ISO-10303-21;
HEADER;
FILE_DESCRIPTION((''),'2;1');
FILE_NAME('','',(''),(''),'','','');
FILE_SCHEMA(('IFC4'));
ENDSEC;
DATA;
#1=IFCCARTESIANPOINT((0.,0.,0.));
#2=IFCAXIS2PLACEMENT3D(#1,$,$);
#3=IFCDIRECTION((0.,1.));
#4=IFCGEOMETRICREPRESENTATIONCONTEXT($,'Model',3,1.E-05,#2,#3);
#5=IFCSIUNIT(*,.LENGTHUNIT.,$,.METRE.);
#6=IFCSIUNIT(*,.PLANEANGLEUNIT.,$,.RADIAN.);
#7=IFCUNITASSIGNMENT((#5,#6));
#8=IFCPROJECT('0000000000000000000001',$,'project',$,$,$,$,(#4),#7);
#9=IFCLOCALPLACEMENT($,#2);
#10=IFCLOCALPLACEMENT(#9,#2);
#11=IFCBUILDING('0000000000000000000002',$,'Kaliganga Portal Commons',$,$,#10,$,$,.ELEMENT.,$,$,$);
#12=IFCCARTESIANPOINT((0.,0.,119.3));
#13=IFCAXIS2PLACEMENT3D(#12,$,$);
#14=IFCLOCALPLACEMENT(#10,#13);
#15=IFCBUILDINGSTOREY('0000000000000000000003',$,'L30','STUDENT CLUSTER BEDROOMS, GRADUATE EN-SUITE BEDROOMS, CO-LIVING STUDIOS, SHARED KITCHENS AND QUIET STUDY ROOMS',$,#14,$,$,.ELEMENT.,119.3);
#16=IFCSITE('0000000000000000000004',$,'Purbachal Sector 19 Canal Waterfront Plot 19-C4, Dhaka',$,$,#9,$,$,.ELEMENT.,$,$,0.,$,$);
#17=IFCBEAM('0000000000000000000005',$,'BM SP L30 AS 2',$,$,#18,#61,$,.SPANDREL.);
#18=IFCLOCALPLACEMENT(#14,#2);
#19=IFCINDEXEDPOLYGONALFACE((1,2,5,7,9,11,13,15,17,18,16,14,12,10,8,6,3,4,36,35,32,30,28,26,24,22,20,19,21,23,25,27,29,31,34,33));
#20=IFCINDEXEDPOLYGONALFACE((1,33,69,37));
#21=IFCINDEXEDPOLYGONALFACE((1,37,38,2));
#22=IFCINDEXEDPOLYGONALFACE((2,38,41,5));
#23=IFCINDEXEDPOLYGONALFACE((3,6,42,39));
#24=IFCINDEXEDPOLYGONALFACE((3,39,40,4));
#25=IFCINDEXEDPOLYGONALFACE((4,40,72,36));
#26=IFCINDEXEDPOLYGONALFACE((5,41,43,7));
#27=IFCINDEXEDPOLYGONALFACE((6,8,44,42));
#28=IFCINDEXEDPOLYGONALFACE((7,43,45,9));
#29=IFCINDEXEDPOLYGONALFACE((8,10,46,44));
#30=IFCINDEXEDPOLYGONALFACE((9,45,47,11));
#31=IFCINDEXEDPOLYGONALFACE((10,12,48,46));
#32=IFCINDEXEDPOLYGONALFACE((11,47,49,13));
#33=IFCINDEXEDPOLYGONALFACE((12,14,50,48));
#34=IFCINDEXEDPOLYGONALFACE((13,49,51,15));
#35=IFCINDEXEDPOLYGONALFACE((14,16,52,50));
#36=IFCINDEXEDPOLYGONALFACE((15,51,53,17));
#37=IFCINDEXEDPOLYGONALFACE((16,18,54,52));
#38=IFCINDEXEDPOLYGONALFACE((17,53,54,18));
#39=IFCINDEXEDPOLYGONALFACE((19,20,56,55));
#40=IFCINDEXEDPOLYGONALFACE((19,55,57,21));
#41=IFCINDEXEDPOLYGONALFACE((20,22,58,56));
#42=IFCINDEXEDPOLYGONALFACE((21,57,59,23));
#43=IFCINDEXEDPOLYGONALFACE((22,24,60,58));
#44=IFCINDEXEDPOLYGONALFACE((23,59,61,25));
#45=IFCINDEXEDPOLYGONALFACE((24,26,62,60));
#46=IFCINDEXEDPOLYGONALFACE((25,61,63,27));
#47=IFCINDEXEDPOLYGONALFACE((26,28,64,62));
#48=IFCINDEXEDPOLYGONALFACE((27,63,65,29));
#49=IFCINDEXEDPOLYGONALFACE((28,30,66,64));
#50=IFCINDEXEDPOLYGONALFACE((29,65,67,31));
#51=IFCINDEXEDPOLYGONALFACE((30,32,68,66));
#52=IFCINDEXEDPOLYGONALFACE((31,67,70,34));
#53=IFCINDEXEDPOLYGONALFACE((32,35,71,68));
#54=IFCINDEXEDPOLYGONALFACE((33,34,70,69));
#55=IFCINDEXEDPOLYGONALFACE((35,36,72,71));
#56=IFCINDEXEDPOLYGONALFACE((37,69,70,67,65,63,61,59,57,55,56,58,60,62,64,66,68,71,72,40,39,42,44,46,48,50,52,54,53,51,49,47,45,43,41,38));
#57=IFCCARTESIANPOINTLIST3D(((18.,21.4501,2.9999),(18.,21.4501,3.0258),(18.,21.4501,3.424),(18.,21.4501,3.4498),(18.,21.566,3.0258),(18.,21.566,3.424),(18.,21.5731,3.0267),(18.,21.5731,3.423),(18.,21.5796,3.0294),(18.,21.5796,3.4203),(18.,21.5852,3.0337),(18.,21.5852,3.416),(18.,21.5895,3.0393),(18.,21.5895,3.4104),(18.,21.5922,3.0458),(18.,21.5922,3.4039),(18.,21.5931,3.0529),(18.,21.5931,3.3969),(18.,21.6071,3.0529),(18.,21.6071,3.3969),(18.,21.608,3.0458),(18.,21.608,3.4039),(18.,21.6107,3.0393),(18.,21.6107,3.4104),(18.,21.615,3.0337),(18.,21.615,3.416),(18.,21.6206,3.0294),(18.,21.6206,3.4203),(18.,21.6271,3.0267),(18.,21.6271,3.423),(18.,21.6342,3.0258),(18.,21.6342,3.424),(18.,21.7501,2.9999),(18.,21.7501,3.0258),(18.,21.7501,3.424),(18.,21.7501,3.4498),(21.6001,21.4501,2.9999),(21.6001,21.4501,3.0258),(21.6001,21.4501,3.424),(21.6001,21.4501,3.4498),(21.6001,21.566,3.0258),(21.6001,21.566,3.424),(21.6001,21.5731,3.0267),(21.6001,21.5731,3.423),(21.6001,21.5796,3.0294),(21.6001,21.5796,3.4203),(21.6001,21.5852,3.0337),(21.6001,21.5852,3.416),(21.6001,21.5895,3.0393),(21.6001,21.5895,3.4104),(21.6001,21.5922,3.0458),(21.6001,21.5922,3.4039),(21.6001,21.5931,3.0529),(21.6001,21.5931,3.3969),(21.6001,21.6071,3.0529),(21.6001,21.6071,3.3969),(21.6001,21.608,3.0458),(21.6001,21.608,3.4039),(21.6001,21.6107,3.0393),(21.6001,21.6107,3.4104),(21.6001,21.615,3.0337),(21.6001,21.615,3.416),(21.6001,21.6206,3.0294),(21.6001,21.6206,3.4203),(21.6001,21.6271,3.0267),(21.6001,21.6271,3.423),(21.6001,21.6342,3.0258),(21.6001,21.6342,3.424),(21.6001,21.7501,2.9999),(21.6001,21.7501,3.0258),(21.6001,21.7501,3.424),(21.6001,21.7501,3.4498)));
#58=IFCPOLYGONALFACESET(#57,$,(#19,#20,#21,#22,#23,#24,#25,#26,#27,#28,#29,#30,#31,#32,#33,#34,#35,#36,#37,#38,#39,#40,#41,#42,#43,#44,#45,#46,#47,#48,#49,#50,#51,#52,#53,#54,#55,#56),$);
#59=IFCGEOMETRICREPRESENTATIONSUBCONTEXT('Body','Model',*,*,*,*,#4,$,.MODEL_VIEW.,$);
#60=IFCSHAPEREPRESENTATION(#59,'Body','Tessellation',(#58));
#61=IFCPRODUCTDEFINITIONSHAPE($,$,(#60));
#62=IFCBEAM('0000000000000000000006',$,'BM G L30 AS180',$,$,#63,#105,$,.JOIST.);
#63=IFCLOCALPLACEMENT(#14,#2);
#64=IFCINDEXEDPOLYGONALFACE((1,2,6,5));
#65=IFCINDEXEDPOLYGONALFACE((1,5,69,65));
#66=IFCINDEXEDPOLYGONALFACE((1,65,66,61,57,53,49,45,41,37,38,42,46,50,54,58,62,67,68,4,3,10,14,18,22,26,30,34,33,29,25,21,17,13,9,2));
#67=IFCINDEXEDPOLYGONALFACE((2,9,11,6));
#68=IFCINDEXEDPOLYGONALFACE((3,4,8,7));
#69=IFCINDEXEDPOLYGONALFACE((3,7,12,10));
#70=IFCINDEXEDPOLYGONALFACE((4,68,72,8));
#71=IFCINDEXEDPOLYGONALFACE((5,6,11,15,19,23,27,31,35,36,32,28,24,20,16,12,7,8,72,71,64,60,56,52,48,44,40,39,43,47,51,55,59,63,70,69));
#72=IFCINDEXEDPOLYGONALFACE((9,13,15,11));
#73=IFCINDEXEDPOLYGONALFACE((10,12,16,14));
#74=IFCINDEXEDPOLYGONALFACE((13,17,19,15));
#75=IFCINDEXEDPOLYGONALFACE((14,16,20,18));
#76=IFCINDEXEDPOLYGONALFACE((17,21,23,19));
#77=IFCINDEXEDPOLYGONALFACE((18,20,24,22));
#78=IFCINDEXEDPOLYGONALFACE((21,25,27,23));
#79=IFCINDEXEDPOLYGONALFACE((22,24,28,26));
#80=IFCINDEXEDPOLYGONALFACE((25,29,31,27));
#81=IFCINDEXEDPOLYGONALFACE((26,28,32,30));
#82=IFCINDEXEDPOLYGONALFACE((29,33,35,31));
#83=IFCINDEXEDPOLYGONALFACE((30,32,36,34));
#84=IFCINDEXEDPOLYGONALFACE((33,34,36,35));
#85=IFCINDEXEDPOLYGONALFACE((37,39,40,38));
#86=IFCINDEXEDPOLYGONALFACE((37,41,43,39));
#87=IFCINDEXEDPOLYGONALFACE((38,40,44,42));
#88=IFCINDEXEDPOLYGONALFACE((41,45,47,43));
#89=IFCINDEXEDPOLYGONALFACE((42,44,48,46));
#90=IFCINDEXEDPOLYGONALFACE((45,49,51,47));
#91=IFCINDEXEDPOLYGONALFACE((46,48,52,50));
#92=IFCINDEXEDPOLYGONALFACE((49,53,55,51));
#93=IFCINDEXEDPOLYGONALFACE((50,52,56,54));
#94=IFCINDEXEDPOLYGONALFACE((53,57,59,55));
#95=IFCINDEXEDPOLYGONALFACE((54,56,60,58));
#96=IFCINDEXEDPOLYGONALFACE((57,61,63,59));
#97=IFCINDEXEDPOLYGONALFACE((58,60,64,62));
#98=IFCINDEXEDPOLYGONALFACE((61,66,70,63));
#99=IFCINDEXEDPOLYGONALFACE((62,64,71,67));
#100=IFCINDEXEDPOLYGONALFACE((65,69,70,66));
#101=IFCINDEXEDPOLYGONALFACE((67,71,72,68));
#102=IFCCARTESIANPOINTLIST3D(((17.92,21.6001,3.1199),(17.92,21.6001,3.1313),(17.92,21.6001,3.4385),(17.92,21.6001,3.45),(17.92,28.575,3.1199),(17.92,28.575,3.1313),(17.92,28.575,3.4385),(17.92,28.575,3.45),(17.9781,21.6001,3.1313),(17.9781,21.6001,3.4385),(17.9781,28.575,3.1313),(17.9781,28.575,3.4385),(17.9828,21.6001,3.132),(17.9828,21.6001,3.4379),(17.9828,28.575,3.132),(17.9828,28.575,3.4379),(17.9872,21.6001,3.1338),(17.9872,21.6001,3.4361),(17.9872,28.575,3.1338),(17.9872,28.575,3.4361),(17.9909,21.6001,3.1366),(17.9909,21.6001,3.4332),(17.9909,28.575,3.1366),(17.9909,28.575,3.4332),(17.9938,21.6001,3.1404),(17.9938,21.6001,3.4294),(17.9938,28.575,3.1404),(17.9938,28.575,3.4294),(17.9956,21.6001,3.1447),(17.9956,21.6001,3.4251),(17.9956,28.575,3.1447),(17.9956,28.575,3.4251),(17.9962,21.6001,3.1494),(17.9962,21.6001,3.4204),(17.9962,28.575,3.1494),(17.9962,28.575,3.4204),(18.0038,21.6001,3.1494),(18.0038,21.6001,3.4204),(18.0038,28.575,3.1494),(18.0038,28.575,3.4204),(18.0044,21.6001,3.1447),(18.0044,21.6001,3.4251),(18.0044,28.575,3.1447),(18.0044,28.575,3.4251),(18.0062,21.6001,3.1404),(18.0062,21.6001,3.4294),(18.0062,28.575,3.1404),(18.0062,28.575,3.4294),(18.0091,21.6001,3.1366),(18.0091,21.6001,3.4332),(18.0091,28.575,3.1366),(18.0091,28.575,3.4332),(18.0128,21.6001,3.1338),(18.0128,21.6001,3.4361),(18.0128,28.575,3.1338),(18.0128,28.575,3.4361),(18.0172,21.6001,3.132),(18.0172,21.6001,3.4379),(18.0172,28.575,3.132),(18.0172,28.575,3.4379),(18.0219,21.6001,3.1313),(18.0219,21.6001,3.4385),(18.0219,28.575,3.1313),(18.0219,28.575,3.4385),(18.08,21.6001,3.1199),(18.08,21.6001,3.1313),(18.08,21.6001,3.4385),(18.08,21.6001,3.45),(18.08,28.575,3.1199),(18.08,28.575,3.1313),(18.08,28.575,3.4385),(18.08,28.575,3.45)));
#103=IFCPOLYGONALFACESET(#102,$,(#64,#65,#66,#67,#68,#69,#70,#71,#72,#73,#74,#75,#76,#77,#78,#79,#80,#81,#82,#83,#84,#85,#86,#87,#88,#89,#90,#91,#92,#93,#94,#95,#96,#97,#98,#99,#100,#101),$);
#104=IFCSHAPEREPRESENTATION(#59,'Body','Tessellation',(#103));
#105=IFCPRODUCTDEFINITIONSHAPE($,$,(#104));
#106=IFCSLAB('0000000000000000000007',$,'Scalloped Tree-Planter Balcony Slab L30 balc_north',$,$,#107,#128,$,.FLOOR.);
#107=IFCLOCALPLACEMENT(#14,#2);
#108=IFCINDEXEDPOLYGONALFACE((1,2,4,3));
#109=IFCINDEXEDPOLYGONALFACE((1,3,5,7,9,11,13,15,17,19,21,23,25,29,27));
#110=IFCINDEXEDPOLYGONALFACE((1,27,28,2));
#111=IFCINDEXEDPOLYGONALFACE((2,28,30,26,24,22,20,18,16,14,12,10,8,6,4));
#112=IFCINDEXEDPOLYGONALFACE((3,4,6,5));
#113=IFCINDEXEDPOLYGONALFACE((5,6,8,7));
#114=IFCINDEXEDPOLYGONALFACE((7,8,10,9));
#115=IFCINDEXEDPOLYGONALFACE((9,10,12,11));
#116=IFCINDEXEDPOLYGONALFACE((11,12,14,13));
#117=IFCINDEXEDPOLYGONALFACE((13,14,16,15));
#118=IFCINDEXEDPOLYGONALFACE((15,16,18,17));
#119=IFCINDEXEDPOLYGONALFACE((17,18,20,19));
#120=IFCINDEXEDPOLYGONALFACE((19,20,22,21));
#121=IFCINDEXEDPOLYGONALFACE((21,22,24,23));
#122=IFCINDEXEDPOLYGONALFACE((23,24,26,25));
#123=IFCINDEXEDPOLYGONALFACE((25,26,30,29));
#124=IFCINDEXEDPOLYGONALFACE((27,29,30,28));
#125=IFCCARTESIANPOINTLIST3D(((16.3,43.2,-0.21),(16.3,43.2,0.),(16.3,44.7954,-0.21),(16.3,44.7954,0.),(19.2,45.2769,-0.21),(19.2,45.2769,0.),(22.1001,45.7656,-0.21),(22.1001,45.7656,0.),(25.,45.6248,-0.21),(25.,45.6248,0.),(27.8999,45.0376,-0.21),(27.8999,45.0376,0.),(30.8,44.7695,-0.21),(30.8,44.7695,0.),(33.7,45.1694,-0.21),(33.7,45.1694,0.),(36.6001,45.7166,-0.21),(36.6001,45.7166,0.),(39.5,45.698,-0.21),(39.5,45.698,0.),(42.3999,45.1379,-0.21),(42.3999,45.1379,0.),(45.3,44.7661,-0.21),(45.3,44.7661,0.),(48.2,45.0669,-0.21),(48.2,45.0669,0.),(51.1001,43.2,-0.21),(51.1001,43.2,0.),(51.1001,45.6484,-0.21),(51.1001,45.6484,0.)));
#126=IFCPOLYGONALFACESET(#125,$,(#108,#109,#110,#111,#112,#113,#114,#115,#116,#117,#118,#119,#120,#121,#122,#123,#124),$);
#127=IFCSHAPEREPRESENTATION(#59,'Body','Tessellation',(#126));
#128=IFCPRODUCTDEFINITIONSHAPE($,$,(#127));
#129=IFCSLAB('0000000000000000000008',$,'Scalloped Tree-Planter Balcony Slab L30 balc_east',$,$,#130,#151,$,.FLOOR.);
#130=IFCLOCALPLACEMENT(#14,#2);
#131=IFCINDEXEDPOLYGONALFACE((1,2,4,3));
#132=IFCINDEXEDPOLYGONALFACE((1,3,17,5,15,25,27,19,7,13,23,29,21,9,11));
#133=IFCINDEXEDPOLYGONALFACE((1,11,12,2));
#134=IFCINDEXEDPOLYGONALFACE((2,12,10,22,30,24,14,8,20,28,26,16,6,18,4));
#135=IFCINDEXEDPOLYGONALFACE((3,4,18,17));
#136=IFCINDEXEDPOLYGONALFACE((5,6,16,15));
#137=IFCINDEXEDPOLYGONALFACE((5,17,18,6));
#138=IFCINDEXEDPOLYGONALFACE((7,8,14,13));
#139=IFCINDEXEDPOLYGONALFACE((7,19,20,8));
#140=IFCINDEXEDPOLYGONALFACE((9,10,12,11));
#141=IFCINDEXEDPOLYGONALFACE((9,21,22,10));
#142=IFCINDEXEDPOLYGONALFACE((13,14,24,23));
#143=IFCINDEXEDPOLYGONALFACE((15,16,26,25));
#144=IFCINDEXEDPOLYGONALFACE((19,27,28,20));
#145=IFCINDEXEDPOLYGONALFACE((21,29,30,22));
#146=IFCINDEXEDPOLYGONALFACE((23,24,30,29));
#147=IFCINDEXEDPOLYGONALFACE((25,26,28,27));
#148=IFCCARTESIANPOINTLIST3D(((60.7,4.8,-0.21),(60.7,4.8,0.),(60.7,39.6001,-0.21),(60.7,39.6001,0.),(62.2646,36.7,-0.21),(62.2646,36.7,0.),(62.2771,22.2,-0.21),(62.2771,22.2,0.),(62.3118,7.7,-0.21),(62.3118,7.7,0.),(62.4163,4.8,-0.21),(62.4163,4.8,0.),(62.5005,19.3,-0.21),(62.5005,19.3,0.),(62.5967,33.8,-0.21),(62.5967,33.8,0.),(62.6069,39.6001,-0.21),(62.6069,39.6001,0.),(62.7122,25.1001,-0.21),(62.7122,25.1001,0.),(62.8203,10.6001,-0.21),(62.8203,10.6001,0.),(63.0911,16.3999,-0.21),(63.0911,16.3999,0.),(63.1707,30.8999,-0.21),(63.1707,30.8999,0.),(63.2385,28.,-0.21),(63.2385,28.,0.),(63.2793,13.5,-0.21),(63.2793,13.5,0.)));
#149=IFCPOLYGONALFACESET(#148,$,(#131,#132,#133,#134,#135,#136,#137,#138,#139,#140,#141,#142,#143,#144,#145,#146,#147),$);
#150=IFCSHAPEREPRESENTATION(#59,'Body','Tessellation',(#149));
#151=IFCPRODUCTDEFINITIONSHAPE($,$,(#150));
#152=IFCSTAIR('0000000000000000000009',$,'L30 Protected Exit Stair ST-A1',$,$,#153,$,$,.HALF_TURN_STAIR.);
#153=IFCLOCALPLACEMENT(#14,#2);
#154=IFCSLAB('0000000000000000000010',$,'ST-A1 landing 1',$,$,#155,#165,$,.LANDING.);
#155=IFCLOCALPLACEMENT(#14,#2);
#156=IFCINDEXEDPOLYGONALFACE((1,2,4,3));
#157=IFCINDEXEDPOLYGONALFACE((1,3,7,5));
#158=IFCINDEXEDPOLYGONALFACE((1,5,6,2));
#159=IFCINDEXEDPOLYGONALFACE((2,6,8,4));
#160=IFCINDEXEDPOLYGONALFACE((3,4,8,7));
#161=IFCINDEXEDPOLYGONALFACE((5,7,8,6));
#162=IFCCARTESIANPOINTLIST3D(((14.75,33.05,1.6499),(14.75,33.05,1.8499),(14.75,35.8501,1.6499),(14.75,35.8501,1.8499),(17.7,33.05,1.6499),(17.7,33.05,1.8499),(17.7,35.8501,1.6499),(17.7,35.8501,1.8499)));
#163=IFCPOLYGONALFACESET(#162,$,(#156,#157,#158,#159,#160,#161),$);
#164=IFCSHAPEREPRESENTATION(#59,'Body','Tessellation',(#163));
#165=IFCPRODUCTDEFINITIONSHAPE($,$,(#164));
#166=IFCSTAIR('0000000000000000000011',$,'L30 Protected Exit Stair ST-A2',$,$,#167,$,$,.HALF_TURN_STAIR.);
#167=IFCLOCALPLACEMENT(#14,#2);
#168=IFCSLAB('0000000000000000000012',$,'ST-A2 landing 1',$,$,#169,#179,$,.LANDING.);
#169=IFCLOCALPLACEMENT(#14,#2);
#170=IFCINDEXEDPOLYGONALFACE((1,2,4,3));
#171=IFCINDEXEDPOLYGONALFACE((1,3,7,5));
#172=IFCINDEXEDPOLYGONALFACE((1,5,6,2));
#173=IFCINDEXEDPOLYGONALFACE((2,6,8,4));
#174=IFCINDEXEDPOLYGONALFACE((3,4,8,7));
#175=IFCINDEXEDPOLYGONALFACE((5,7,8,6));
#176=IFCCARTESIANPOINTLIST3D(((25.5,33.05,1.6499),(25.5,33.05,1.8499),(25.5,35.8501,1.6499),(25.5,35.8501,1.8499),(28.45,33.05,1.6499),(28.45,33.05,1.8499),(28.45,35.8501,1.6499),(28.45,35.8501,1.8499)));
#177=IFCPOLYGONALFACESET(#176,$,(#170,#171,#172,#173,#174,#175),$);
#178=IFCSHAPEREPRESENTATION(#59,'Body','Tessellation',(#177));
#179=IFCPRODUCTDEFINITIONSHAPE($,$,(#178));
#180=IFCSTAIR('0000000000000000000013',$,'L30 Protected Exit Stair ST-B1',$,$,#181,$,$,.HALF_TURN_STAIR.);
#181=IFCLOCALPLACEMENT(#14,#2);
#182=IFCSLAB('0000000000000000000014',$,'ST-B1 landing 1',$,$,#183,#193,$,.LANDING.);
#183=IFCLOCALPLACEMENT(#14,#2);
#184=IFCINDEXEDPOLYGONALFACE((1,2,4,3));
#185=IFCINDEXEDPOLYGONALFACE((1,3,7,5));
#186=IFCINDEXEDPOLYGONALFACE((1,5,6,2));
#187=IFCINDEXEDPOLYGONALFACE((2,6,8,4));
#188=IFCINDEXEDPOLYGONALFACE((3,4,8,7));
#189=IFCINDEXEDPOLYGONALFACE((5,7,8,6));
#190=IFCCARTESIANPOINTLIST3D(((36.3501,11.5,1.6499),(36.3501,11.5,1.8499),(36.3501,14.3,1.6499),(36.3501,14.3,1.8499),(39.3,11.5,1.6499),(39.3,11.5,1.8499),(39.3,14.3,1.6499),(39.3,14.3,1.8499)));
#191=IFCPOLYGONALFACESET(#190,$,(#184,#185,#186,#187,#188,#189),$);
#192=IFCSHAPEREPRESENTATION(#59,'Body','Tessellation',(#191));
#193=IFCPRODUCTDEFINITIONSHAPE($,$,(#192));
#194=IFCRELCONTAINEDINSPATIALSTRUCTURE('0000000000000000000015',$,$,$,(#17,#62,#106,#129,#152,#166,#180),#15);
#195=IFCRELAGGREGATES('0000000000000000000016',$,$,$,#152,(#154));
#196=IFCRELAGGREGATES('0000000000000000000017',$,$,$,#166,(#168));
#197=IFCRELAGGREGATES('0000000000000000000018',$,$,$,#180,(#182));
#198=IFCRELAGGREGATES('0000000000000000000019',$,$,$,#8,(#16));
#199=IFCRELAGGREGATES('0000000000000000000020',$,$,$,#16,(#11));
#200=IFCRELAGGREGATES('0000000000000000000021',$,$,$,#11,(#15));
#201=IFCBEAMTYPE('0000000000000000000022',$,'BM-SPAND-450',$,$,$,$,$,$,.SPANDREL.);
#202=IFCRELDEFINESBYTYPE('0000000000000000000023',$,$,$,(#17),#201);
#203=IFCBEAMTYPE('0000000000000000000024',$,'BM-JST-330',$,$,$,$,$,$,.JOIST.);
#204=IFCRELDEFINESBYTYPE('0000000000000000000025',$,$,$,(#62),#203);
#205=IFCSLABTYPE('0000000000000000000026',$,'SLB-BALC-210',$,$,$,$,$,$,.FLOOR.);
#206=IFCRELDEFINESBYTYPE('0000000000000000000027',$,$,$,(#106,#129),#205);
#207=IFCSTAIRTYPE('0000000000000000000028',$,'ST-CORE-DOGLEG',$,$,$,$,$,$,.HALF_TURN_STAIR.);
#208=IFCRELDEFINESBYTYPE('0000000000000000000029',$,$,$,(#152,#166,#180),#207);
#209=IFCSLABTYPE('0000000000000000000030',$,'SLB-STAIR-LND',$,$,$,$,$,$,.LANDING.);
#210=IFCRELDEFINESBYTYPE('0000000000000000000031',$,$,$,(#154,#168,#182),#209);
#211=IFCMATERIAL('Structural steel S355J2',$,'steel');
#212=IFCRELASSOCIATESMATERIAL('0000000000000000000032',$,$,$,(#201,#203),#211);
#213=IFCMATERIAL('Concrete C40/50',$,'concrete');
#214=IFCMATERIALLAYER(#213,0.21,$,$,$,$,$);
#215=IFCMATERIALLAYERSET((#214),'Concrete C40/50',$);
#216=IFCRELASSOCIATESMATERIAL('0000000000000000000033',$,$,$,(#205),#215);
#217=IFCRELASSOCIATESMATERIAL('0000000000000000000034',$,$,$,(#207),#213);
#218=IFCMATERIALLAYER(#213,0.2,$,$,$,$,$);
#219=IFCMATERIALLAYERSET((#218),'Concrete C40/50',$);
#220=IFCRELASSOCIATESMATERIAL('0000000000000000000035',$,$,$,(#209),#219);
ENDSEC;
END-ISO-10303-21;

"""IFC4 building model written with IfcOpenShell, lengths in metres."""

from ifc_helpers import new_model, si_unit, direction, frame, origin, origin_2d, place, context, subcontext, project, spatial, polyline, i_section, outline, extrude, source, transform, mapped, material, layer, layer_set, material_profile, profile_set, type_object, element, aggregate, save


model = new_model("IFC4")

# Units and contexts
model_context = context("Model", 3, precision=1e-05, world=origin(), true_north=direction((0.0, 1.0)))
body_context = subcontext(model_context, "Body", "Model", "MODEL_VIEW")
ifc_project = project(units=[si_unit("LENGTHUNIT", "METRE"), si_unit("PLANEANGLEUNIT", "RADIAN")], contexts=[model_context])

# Site, building, storey
site_placement = place(None, origin())
site = spatial("IfcSite", under=ifc_project, at=site_placement, Name="Purbachal Sector 19 Canal Waterfront Plot 19-C4, Dhaka", CompositionType="ELEMENT", RefElevation=0.0)
building_placement = place(site_placement, origin())
building = spatial("IfcBuilding", under=site, at=building_placement, Name="Kaliganga Portal Commons", CompositionType="ELEMENT")
storey_placement = place(building_placement, frame((0.0, 0.0, 119.3)))
storey = spatial("IfcBuildingStorey", under=building, at=storey_placement, Name="L30", Description="STUDENT CLUSTER BEDROOMS, GRADUATE EN-SUITE BEDROOMS, CO-LIVING STUDIOS, SHARED KITCHENS AND QUIET STUDY ROOMS", CompositionType="ELEMENT", Elevation=119.3)

# Beams
ifc_material_1 = material(Name="Structural steel S355J2", Category="steel")
ifc_material_profile_1 = material_profile(ifc_material_1, i_section(OverallWidth=0.3, OverallDepth=0.45, WebThickness=0.0139, FlangeThickness=0.0259, FilletRadius=0.0271, at=origin_2d()), Name="HE 450 B")
ifc_profile_set_1 = profile_set([ifc_material_profile_1], Name="Structural steel S355J2 wide-flange")
beam_type_1 = type_object("IfcBeamType", Name="BM-SPAND-450", PredefinedType="SPANDREL", material=ifc_profile_set_1)
shared_shape_1 = source(origin(), body_context, "Body", "SweptSolid", [
    extrude(i_section(OverallWidth=0.3, OverallDepth=0.45, WebThickness=0.0139, FlangeThickness=0.0259, FilletRadius=0.0271, at=origin_2d()), origin(), (0.0, 0.0, 1.0), 3.6001),
])
for number, where, z_axis, x_axis, name in (
    (1, (18.0, 21.6001, 3.2249), (1.0, 0.0, 0.0), (0.0, 1.0, 0.0), "BM SP L30 AS 2"),
):
    element("IfcBeam", number, at=place(storey_placement, frame(where, z_axis=z_axis, x_axis=x_axis)), inside=storey, type_object=beam_type_1, Name=name, PredefinedType="SPANDREL", context=body_context, shape_type="MappedRepresentation", body=[
        mapped(shared_shape_1, transform((0.0, 0.0, 0.0), x_axis=(1.0, 0.0, 0.0), y_axis=(0.0, 1.0, 0.0), z_axis=(0.0, 0.0, 1.0), scale=1.0)),
    ])
ifc_material_profile_2 = material_profile(ifc_material_1, i_section(OverallWidth=0.1599, OverallDepth=0.3301, WebThickness=0.0076, FlangeThickness=0.0115, FilletRadius=0.0181, at=origin_2d()), Name="IPE 330")
ifc_profile_set_2 = profile_set([ifc_material_profile_2], Name="Structural steel S355J2 wide-flange")
beam_type_2 = type_object("IfcBeamType", Name="BM-JST-330", PredefinedType="JOIST", material=ifc_profile_set_2)
shared_shape_2 = source(origin(), body_context, "Body", "SweptSolid", [
    extrude(i_section(OverallWidth=0.1599, OverallDepth=0.3301, WebThickness=0.0076, FlangeThickness=0.0115, FilletRadius=0.0181, at=origin_2d()), origin(), (0.0, 0.0, 1.0), 6.9749),
])
beam_1_placement = place(storey_placement, frame((18.0, 21.6001, 3.2849), z_axis=(0.0, 1.0, 0.0), x_axis=(-1.0, 0.0, 0.0)))
element("IfcBeam", 2, at=beam_1_placement, inside=storey, type_object=beam_type_2, Name="BM G L30 AS180", PredefinedType="JOIST", context=body_context, shape_type="MappedRepresentation", body=[
    mapped(shared_shape_2, transform((0.0, 0.0, 0.0), x_axis=(1.0, 0.0, 0.0), y_axis=(0.0, 1.0, 0.0), z_axis=(0.0, 0.0, 1.0), scale=1.0)),
])

# Slabs
ifc_material_2 = material(Name="Concrete C40/50", Category="concrete")
ifc_layer_1 = layer(ifc_material_2, 0.21)
ifc_layer_set_1 = layer_set([ifc_layer_1], Name="Concrete C40/50")
slab_type_1 = type_object("IfcSlabType", Name="SLB-BALC-210", PredefinedType="FLOOR", material=ifc_layer_set_1)
slab_1_placement = place(storey_placement, frame((0.0, 0.0, -0.21)))
element("IfcSlab", 3, at=slab_1_placement, inside=storey, type_object=slab_type_1, Name="Scalloped Tree-Planter Balcony Slab L30 balc_north", PredefinedType="FLOOR", context=body_context, shape_type="SweptSolid", body=[
    extrude(outline(polyline([(51.1001, 43.2), (51.1001, 45.6484), (48.2, 45.0669), (45.3, 44.7661), (42.3999, 45.1379), (39.5, 45.698), (36.6001, 45.7166), (33.7, 45.1694), (30.8, 44.7695), (27.8999, 45.0376), (25.0, 45.6248), (22.1001, 45.7656), (19.2, 45.2769), (16.3, 44.7954), (16.3, 43.2), (51.1001, 43.2)])), origin(), (0.0, 0.0, 1.0), 0.21),
])
slab_2_placement = place(storey_placement, frame((0.0, 0.0, -0.21)))
element("IfcSlab", 4, at=slab_2_placement, inside=storey, type_object=slab_type_1, Name="Scalloped Tree-Planter Balcony Slab L30 balc_east", PredefinedType="FLOOR", context=body_context, shape_type="SweptSolid", body=[
    extrude(outline(polyline([(60.7, 4.8), (62.4163, 4.8), (62.3118, 7.7), (62.8203, 10.6001), (63.2793, 13.5), (63.0911, 16.3999), (62.5005, 19.3), (62.2771, 22.2), (62.7122, 25.1001), (63.2385, 28.0), (63.1707, 30.8999), (62.5967, 33.8), (62.2646, 36.7), (62.6069, 39.6001), (60.7, 39.6001), (60.7, 4.8)])), origin(), (0.0, 0.0, 1.0), 0.21),
])

# Stairs, slabs
stair_type = type_object("IfcStairType", Name="ST-CORE-DOGLEG", PredefinedType="HALF_TURN_STAIR", material=ifc_material_2)
stair_1_placement = place(storey_placement, origin())
stair_1 = element("IfcStair", 5, at=stair_1_placement, inside=storey, type_object=stair_type, Name="L30 Protected Exit Stair ST-A1", PredefinedType="HALF_TURN_STAIR")
ifc_layer_2 = layer(ifc_material_2, 0.2)
ifc_layer_set_2 = layer_set([ifc_layer_2], Name="Concrete C40/50")
slab_type_2 = type_object("IfcSlabType", Name="SLB-STAIR-LND", PredefinedType="LANDING", material=ifc_layer_set_2)
slab_3_placement = place(storey_placement, frame((0.0, 0.0, 1.6499)))
slab_3 = element("IfcSlab", 6, at=slab_3_placement, type_object=slab_type_2, Name="ST-A1 landing 1", PredefinedType="LANDING", context=body_context, shape_type="SweptSolid", body=[
    extrude(outline(polyline([(17.7, 33.05), (17.7, 35.8501), (14.75, 35.8501), (14.75, 33.05), (17.7, 33.05)])), origin(), (0.0, 0.0, 1.0), 0.2),
])
aggregate(stair_1, [slab_3])
stair_2_placement = place(storey_placement, origin())
stair_2 = element("IfcStair", 7, at=stair_2_placement, inside=storey, type_object=stair_type, Name="L30 Protected Exit Stair ST-A2", PredefinedType="HALF_TURN_STAIR")
slab_4_placement = place(storey_placement, frame((0.0, 0.0, 1.6499)))
slab_4 = element("IfcSlab", 8, at=slab_4_placement, type_object=slab_type_2, Name="ST-A2 landing 1", PredefinedType="LANDING", context=body_context, shape_type="SweptSolid", body=[
    extrude(outline(polyline([(28.45, 33.05), (28.45, 35.8501), (25.5, 35.8501), (25.5, 33.05), (28.45, 33.05)])), origin(), (0.0, 0.0, 1.0), 0.2),
])
aggregate(stair_2, [slab_4])
stair_3_placement = place(storey_placement, origin())
stair_3 = element("IfcStair", 9, at=stair_3_placement, inside=storey, type_object=stair_type, Name="L30 Protected Exit Stair ST-B1", PredefinedType="HALF_TURN_STAIR")
slab_5_placement = place(storey_placement, frame((0.0, 0.0, 1.6499)))
slab_5 = element("IfcSlab", 10, at=slab_5_placement, type_object=slab_type_2, Name="ST-B1 landing 1", PredefinedType="LANDING", context=body_context, shape_type="SweptSolid", body=[
    extrude(outline(polyline([(39.3, 11.5), (39.3, 14.3), (36.3501, 14.3), (36.3501, 11.5), (39.3, 11.5)])), origin(), (0.0, 0.0, 1.0), 0.2),
])
aggregate(stair_3, [slab_5])

save(model, "model.ifc")
